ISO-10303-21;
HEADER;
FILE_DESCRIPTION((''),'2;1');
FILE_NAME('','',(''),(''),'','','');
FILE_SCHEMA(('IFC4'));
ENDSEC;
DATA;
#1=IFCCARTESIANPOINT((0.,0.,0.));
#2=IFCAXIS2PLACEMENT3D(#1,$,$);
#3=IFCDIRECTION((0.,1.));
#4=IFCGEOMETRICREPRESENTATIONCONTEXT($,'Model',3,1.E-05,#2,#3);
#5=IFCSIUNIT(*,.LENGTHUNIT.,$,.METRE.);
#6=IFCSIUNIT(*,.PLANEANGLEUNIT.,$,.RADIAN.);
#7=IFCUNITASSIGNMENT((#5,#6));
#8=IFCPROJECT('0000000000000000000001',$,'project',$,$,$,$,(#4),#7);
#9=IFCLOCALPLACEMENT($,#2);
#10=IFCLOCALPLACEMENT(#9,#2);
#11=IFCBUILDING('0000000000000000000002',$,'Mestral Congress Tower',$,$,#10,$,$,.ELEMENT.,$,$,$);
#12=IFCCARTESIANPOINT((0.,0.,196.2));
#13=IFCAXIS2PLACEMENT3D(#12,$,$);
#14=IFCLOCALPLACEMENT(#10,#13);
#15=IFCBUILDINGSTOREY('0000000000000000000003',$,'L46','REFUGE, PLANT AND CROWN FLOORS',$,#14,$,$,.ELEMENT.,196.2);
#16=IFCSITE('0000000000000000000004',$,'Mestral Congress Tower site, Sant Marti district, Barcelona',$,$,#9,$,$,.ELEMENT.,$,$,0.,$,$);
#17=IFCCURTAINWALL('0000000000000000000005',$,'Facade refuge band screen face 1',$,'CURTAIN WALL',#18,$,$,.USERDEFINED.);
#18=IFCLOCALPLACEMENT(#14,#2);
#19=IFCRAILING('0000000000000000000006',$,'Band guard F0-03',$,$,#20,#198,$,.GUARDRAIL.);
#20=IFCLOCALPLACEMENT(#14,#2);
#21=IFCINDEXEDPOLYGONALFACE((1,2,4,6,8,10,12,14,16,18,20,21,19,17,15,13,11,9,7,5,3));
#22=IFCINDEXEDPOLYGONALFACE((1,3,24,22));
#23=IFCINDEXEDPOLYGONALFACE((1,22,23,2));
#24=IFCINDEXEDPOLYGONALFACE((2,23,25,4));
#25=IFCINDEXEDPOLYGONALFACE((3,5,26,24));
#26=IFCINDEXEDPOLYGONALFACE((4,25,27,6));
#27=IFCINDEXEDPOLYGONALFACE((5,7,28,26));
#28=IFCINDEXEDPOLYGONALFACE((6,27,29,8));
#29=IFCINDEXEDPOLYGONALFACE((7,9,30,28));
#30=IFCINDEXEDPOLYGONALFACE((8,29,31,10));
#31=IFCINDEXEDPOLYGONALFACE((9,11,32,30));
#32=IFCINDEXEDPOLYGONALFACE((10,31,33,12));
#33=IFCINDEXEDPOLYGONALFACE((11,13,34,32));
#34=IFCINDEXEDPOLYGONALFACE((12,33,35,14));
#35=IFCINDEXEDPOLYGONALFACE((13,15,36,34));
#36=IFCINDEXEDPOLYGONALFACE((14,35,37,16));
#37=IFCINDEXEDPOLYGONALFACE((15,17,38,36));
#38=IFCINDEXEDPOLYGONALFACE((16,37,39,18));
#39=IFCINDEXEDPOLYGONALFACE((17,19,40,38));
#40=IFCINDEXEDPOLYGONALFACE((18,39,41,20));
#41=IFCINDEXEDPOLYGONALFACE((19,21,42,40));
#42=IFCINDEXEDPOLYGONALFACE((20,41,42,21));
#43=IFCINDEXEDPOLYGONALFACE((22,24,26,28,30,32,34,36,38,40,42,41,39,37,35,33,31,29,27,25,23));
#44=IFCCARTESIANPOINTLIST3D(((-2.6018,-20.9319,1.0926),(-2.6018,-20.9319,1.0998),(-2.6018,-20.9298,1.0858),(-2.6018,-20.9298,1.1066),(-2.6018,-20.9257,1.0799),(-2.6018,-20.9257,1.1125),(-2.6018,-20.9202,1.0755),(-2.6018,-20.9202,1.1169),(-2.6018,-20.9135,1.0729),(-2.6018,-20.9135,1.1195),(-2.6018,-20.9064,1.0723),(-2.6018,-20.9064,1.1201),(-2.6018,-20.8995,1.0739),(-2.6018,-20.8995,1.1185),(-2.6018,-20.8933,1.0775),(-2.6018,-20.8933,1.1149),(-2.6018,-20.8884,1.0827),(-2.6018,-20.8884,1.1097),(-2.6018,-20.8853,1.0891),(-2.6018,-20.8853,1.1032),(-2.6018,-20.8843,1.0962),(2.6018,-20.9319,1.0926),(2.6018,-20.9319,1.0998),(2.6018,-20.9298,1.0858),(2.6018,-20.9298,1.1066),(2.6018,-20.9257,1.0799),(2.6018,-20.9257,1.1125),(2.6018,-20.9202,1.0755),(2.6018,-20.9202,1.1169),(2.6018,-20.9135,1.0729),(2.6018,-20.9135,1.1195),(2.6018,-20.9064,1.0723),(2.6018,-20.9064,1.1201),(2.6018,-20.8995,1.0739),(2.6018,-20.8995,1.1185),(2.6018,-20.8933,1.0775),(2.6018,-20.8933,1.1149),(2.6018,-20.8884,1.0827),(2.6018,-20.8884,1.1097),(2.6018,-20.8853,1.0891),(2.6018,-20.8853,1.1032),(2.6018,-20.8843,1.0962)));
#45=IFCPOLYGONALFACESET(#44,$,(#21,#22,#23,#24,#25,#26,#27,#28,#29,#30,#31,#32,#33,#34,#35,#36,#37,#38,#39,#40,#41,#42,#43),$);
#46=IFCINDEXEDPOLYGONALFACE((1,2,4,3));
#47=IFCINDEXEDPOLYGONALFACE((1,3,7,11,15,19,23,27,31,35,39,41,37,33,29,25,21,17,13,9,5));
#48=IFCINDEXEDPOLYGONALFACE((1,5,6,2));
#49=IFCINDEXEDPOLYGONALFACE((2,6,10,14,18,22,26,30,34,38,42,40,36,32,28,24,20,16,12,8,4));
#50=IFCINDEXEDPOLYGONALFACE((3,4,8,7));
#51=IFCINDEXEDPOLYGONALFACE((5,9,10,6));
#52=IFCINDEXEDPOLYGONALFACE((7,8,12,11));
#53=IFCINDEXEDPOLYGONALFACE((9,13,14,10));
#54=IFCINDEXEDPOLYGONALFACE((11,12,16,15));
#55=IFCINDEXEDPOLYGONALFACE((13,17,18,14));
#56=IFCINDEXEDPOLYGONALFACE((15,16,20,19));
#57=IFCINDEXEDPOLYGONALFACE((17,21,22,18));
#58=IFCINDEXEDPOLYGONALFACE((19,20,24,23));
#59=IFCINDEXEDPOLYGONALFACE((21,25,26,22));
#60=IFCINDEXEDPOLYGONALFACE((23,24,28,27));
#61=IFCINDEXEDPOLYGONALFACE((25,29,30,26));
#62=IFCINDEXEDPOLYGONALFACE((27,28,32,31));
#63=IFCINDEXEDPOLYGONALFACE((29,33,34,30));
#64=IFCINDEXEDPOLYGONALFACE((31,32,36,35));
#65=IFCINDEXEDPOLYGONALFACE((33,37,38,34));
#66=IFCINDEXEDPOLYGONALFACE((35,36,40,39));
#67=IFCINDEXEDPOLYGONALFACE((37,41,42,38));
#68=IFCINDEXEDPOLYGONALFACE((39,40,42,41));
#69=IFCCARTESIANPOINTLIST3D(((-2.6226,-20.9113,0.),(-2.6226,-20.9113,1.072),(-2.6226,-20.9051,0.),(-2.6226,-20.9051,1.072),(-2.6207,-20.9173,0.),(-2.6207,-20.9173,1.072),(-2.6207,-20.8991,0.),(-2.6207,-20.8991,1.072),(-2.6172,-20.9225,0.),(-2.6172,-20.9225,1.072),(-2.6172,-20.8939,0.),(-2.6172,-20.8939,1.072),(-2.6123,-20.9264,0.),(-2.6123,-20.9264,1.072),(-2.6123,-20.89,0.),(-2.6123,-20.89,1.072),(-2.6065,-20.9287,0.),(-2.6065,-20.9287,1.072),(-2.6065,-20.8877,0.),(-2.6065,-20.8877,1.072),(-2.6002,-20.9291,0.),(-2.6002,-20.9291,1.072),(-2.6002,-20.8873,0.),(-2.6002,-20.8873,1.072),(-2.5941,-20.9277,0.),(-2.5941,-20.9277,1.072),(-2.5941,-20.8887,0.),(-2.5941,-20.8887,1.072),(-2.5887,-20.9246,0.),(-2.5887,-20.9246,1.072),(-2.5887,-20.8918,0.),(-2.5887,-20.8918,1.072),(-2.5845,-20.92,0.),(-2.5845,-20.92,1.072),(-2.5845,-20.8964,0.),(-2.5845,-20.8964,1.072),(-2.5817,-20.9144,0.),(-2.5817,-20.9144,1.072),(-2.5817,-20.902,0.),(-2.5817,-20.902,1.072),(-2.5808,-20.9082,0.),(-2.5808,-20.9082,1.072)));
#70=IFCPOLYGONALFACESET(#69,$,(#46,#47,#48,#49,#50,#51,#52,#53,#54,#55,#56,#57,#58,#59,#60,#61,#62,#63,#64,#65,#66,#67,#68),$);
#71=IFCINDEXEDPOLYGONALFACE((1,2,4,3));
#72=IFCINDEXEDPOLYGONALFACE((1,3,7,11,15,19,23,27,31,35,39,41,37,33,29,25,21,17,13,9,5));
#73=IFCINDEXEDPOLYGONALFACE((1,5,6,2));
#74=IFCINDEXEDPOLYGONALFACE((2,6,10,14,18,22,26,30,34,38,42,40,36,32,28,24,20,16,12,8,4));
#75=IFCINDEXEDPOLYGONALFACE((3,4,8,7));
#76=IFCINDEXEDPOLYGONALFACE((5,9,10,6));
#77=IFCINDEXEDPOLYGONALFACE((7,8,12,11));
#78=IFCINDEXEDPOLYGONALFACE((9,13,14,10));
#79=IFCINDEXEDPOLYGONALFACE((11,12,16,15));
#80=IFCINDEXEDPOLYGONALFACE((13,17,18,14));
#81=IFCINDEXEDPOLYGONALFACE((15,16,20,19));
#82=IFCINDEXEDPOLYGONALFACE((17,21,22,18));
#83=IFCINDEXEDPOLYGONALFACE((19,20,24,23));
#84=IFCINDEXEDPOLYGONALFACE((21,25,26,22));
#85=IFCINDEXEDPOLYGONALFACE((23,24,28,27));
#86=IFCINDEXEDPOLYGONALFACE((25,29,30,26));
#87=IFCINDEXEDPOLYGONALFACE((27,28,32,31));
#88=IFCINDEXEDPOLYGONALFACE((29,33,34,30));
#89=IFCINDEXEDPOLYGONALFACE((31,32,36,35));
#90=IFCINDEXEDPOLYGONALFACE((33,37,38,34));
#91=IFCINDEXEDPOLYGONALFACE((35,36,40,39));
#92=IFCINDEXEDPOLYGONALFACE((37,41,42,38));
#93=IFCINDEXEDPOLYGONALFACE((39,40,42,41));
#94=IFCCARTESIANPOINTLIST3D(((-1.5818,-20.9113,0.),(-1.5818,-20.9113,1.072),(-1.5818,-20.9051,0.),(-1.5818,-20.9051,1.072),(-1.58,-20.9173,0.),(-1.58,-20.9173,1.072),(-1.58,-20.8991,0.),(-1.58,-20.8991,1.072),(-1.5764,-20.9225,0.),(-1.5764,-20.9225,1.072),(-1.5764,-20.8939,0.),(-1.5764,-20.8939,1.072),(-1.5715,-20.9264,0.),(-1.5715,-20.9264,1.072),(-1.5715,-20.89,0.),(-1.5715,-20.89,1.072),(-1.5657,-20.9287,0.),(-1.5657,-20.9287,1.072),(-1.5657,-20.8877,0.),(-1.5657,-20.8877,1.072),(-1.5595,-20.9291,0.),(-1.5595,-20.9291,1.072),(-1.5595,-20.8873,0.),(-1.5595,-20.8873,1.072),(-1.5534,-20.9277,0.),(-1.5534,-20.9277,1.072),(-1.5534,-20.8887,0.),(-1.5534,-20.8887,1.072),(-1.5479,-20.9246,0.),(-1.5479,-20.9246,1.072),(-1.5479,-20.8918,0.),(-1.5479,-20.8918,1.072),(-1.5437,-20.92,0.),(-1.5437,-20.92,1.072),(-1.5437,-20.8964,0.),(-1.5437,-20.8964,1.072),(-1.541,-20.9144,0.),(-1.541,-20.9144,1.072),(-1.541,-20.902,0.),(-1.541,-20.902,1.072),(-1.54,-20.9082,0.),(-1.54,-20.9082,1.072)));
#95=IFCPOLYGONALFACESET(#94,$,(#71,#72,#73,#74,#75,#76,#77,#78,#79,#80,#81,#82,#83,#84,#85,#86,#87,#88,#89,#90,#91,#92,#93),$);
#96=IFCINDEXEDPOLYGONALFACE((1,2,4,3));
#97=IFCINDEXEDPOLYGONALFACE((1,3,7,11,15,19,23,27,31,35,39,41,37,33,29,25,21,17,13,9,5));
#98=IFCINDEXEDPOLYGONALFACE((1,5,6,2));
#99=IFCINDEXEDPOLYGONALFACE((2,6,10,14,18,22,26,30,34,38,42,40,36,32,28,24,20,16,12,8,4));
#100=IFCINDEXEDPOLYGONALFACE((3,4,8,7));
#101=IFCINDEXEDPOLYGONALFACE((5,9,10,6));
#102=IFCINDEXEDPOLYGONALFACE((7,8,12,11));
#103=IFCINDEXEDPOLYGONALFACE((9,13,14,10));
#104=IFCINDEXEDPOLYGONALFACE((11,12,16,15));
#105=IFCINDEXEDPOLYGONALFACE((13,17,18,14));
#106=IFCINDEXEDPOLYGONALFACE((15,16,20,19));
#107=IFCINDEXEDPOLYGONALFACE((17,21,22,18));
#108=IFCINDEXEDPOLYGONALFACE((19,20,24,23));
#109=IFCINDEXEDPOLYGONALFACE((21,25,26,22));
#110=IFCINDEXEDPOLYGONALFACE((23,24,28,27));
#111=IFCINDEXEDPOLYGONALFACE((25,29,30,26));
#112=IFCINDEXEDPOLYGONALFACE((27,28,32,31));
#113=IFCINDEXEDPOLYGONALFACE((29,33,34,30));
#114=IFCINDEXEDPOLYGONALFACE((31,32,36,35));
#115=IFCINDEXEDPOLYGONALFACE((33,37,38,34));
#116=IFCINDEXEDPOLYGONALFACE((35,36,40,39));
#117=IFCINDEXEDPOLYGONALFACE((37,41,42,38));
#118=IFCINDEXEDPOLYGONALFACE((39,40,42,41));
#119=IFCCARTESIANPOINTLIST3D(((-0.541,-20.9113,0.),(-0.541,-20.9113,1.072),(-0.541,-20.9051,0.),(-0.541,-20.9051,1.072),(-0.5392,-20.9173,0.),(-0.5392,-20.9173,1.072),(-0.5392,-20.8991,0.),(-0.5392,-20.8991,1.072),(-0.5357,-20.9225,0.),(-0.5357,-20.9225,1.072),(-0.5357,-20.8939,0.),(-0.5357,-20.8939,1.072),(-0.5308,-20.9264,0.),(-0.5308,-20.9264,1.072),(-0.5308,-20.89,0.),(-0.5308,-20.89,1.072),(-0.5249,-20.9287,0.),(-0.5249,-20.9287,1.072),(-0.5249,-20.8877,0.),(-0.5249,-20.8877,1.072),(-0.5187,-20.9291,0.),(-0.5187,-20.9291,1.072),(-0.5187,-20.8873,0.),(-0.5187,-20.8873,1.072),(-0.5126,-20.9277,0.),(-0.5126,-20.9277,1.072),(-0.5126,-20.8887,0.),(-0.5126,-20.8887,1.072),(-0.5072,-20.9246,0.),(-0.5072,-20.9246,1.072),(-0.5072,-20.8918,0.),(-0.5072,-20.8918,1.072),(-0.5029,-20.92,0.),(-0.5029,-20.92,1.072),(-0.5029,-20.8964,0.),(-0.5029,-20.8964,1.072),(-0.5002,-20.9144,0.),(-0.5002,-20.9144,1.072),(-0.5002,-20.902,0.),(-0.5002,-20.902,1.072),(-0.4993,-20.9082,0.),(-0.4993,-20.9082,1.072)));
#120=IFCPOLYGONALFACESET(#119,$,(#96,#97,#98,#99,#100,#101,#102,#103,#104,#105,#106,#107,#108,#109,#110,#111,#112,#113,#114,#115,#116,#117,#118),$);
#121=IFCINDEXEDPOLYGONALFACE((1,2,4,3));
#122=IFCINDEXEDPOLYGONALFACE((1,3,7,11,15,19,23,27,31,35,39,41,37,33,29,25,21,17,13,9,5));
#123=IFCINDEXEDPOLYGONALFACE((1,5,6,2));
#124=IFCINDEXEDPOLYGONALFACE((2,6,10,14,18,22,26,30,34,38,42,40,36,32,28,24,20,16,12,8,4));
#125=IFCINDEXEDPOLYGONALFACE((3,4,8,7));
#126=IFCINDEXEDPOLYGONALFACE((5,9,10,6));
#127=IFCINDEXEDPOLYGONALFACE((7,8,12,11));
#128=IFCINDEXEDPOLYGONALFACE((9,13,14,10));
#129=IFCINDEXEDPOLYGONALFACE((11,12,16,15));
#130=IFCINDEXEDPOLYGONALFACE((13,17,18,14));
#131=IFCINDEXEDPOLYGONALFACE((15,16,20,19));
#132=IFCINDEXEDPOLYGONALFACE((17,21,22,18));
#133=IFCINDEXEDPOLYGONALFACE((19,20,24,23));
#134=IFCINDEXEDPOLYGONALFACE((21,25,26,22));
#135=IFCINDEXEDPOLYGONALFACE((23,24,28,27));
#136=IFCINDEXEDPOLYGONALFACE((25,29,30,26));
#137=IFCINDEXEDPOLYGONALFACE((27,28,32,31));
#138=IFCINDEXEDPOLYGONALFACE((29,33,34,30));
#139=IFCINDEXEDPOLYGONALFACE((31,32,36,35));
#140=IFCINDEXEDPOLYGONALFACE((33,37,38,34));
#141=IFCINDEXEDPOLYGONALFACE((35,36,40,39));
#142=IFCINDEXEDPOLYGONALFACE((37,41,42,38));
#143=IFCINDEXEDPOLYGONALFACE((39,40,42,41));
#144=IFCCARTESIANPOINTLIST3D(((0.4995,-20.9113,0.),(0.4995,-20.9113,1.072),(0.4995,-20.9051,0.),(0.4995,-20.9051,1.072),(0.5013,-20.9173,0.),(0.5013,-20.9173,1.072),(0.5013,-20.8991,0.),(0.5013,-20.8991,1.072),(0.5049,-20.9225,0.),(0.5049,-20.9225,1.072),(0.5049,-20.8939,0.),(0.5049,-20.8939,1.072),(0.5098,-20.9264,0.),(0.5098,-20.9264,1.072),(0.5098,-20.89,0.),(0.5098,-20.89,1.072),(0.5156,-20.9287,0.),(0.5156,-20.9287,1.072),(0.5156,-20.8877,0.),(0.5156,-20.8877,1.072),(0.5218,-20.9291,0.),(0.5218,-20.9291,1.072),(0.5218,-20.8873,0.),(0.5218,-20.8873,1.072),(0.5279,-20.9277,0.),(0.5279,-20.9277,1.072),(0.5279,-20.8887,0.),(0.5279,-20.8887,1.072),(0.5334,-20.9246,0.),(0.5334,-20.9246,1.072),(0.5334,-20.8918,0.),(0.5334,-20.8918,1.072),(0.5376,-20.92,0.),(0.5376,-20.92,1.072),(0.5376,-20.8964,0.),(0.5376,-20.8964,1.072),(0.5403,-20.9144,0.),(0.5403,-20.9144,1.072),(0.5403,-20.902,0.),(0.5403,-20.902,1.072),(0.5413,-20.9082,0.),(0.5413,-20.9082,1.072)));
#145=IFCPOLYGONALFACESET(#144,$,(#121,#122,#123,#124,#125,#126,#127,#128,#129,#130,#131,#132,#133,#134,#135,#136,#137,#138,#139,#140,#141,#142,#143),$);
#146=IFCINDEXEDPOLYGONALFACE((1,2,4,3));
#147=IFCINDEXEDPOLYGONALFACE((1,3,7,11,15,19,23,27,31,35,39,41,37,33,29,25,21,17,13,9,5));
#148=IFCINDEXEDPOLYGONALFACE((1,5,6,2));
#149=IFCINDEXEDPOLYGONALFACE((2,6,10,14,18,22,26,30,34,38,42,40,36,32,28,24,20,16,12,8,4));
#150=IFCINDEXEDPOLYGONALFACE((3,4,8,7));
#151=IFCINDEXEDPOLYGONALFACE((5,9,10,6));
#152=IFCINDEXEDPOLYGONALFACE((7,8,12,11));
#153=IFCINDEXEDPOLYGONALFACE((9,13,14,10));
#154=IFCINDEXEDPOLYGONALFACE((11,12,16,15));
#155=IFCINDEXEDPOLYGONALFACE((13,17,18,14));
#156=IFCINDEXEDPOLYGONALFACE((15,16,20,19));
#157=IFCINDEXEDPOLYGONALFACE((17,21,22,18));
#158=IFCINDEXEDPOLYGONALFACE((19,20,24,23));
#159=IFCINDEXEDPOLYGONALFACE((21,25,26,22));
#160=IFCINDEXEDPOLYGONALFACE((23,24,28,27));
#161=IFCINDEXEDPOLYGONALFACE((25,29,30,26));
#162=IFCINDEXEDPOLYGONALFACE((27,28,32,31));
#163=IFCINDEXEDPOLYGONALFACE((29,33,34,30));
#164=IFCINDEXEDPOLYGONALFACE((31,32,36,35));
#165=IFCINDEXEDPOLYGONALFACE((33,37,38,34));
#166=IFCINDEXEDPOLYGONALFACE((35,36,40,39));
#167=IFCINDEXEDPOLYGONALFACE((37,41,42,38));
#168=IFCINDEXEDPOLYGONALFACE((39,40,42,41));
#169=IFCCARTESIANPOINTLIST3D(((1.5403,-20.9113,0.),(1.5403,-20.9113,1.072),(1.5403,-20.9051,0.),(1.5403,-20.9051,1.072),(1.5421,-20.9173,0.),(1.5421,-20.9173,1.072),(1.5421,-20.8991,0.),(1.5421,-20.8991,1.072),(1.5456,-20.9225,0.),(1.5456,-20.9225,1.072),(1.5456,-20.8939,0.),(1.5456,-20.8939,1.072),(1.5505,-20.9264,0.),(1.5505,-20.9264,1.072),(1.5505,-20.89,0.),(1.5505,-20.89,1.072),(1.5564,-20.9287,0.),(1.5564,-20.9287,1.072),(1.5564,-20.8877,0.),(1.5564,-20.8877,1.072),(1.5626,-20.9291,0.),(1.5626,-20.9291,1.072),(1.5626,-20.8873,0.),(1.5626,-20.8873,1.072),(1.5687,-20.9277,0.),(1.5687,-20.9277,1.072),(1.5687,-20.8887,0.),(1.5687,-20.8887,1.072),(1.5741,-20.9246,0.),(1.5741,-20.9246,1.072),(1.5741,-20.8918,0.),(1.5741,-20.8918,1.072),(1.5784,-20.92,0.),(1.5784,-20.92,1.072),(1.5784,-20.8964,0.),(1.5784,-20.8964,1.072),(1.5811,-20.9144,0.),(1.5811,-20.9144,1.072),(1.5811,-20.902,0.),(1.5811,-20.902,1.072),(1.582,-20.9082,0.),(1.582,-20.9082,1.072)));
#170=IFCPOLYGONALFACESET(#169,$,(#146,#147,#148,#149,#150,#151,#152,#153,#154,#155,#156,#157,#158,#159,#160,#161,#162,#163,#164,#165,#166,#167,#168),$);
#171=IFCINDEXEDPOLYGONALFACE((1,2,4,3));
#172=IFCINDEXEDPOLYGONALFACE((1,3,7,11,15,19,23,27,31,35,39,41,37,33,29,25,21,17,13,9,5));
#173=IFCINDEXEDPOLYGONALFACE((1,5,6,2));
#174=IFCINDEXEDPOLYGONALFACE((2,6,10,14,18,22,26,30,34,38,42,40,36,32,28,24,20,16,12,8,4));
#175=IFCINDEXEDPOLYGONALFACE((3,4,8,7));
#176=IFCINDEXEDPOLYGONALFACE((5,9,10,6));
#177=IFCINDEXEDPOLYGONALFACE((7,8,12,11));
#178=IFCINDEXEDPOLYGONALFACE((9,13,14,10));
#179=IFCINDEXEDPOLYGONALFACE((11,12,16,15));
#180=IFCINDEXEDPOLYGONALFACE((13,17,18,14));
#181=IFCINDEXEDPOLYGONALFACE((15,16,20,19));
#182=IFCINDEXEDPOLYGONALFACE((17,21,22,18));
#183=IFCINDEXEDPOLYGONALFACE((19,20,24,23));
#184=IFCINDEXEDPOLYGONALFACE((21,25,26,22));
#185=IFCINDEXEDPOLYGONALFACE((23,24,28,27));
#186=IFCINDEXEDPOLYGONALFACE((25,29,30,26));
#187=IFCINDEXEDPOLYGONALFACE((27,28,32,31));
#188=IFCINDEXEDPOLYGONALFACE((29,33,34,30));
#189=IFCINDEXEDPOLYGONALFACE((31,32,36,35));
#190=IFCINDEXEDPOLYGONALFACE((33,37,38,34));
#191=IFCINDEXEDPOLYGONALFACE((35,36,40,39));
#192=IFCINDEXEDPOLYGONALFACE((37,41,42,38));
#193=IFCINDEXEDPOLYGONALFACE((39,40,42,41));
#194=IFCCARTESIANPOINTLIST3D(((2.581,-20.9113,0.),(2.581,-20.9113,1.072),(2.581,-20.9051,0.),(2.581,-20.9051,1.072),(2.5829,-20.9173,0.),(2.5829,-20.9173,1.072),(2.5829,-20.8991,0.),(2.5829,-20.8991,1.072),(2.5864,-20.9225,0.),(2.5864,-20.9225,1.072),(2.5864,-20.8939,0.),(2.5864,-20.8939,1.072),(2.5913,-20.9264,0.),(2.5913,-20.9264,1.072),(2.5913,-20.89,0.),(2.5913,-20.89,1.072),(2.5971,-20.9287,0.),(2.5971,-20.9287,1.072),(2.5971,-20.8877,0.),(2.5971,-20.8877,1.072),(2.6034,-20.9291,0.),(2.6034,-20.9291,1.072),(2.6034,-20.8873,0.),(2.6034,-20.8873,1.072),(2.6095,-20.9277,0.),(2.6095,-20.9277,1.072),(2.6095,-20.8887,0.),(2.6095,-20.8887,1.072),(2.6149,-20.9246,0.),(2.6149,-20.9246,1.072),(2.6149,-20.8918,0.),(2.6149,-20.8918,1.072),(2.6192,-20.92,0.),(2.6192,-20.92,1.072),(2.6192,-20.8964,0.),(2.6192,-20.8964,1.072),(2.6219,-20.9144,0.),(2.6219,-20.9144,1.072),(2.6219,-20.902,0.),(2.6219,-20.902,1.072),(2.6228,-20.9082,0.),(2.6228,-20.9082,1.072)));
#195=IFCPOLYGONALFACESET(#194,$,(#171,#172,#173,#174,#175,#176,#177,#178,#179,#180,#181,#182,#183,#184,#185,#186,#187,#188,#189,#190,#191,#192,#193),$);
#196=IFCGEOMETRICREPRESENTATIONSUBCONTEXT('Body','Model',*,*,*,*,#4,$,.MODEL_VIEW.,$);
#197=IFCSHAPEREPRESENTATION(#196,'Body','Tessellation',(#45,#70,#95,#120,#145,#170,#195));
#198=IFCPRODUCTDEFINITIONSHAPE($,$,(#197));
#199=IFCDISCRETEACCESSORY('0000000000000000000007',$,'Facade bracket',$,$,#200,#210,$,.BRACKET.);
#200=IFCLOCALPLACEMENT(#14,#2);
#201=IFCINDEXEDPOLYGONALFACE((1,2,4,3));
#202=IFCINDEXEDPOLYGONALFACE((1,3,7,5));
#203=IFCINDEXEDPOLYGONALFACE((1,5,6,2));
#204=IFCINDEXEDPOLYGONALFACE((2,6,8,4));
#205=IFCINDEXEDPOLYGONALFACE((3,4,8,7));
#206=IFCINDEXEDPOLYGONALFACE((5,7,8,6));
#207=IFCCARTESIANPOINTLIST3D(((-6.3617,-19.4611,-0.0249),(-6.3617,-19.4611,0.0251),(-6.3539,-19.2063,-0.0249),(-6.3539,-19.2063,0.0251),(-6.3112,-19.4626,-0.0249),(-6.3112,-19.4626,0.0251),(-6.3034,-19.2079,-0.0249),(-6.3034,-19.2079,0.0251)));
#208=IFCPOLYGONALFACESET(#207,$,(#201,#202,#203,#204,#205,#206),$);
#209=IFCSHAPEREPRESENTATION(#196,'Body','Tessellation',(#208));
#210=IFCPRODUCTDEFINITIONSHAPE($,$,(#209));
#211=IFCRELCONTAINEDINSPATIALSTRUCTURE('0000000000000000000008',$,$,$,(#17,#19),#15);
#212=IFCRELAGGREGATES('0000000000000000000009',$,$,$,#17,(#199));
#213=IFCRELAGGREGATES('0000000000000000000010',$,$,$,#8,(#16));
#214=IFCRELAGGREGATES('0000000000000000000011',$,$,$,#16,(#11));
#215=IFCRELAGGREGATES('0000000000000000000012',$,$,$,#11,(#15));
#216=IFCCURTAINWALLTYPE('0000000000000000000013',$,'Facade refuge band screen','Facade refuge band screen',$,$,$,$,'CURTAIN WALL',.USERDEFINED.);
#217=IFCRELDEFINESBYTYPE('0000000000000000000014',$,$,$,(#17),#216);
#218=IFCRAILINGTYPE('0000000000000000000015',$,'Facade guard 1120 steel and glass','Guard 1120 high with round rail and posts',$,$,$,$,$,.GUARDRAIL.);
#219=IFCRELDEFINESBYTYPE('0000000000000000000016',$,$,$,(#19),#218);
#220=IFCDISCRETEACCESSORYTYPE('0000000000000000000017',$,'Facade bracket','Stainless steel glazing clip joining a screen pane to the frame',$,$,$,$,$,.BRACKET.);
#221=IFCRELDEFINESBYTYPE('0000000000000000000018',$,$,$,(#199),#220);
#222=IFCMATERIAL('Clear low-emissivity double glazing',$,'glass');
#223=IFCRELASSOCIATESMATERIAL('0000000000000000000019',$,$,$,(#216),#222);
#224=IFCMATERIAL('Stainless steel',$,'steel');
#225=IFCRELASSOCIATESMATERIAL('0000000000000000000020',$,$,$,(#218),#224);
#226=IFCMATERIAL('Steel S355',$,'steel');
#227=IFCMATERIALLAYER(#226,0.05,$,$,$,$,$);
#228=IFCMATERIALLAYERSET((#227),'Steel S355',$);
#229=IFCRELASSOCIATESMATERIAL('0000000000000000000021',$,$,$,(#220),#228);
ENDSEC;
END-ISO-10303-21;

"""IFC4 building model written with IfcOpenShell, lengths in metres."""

from ifc_helpers import new_model, si_unit, direction, frame, origin, origin_2d, place, context, subcontext, project, spatial, rectangle, circle, extrude, material, layer, layer_set, type_object, element, aggregate, save


model = new_model("IFC4")

# Units and contexts
model_context = context("Model", 3, precision=1e-05, world=origin(), true_north=direction((0.0, 1.0)))
body_context = subcontext(model_context, "Body", "Model", "MODEL_VIEW")
ifc_project = project(units=[si_unit("LENGTHUNIT", "METRE"), si_unit("PLANEANGLEUNIT", "RADIAN")], contexts=[model_context])

# Site, building, storey
site_placement = place(None, origin())
site = spatial("IfcSite", under=ifc_project, at=site_placement, Name="Mestral Congress Tower site, Sant Marti district, Barcelona", CompositionType="ELEMENT", RefElevation=0.0)
building_placement = place(site_placement, origin())
building = spatial("IfcBuilding", under=site, at=building_placement, Name="Mestral Congress Tower", CompositionType="ELEMENT")
storey_placement = place(building_placement, frame((0.0, 0.0, 196.2)))
storey = spatial("IfcBuildingStorey", under=building, at=storey_placement, Name="L46", Description="REFUGE, PLANT AND CROWN FLOORS", CompositionType="ELEMENT", Elevation=196.2)

# Shared definitions
ifc_material_1 = material(Name="Steel S355", Category="steel")

# Curtain wall
ifc_material_2 = material(Name="Clear low-emissivity double glazing", Category="glass")
curtain_wall_type = type_object("IfcCurtainWallType", Name="Facade refuge band screen", Description="Facade refuge band screen", ElementType="CURTAIN WALL", PredefinedType="USERDEFINED", material=ifc_material_2)
curtain_wall_placement = place(storey_placement, origin())
curtain_wall = element("IfcCurtainWall", 1, at=curtain_wall_placement, inside=storey, type_object=curtain_wall_type, Name="Facade refuge band screen face 1", ObjectType="CURTAIN WALL", PredefinedType="USERDEFINED")

# Railing
ifc_material_3 = material(Name="Stainless steel", Category="steel")
railing_type = type_object("IfcRailingType", Name="Facade guard 1120 steel and glass", Description="Guard 1120 high with round rail and posts", PredefinedType="GUARDRAIL", material=ifc_material_3)
railing_1_placement = place(storey_placement, frame((-2.6018, -20.9082, 0.0)))
element("IfcRailing", 2, at=railing_1_placement, inside=storey, type_object=railing_type, Name="Band guard F0-03", PredefinedType="GUARDRAIL", context=body_context, shape_type="SweptSolid", body=[
    extrude(circle(Radius=0.0239, at=origin_2d()), frame((0.0, 0.0, 1.0962), z_axis=(1.0, 0.0, 0.0), x_axis=(0.0, 1.0, 0.0)), (0.0, 0.0, 1.0), 5.2036),
    extrude(circle(Radius=0.021, at=origin_2d()), origin(), (0.0, 0.0, 1.0), 1.072),
    extrude(circle(Radius=0.021, at=origin_2d()), frame((1.0408, 0.0, 0.0)), (0.0, 0.0, 1.0), 1.072),
    extrude(circle(Radius=0.021, at=origin_2d()), frame((2.0815, 0.0, 0.0)), (0.0, 0.0, 1.0), 1.072),
    extrude(circle(Radius=0.021, at=origin_2d()), frame((3.1221, 0.0, 0.0)), (0.0, 0.0, 1.0), 1.072),
    extrude(circle(Radius=0.021, at=origin_2d()), frame((4.1628, 0.0, 0.0)), (0.0, 0.0, 1.0), 1.072),
    extrude(circle(Radius=0.021, at=origin_2d()), frame((5.2036, 0.0, 0.0)), (0.0, 0.0, 1.0), 1.072),
])

# Discrete accessory
ifc_layer_1 = layer(ifc_material_1, 0.05)
ifc_layer_set_1 = layer_set([ifc_layer_1], Name="Steel S355")
discrete_accessory_type = type_object("IfcDiscreteAccessoryType", Name="Facade bracket", Description="Stainless steel glazing clip joining a screen pane to the frame", PredefinedType="BRACKET", material=ifc_layer_set_1)
discrete_accessory_1_placement = place(storey_placement, frame((-6.3325, -19.3345, -0.0249), z_axis=(0.0, 0.0, 1.0), x_axis=(0.999534, -0.030526, 0.0)))
discrete_accessory_1 = element("IfcDiscreteAccessory", 3, at=discrete_accessory_1_placement, type_object=discrete_accessory_type, Name="Facade bracket", PredefinedType="BRACKET", context=body_context, shape_type="SweptSolid", body=[
    extrude(rectangle(XDim=0.0505, YDim=0.2549, at=origin_2d()), origin(), (0.0, 0.0, 1.0), 0.05),
])
aggregate(curtain_wall, [discrete_accessory_1])

save(model, "model.ifc")
